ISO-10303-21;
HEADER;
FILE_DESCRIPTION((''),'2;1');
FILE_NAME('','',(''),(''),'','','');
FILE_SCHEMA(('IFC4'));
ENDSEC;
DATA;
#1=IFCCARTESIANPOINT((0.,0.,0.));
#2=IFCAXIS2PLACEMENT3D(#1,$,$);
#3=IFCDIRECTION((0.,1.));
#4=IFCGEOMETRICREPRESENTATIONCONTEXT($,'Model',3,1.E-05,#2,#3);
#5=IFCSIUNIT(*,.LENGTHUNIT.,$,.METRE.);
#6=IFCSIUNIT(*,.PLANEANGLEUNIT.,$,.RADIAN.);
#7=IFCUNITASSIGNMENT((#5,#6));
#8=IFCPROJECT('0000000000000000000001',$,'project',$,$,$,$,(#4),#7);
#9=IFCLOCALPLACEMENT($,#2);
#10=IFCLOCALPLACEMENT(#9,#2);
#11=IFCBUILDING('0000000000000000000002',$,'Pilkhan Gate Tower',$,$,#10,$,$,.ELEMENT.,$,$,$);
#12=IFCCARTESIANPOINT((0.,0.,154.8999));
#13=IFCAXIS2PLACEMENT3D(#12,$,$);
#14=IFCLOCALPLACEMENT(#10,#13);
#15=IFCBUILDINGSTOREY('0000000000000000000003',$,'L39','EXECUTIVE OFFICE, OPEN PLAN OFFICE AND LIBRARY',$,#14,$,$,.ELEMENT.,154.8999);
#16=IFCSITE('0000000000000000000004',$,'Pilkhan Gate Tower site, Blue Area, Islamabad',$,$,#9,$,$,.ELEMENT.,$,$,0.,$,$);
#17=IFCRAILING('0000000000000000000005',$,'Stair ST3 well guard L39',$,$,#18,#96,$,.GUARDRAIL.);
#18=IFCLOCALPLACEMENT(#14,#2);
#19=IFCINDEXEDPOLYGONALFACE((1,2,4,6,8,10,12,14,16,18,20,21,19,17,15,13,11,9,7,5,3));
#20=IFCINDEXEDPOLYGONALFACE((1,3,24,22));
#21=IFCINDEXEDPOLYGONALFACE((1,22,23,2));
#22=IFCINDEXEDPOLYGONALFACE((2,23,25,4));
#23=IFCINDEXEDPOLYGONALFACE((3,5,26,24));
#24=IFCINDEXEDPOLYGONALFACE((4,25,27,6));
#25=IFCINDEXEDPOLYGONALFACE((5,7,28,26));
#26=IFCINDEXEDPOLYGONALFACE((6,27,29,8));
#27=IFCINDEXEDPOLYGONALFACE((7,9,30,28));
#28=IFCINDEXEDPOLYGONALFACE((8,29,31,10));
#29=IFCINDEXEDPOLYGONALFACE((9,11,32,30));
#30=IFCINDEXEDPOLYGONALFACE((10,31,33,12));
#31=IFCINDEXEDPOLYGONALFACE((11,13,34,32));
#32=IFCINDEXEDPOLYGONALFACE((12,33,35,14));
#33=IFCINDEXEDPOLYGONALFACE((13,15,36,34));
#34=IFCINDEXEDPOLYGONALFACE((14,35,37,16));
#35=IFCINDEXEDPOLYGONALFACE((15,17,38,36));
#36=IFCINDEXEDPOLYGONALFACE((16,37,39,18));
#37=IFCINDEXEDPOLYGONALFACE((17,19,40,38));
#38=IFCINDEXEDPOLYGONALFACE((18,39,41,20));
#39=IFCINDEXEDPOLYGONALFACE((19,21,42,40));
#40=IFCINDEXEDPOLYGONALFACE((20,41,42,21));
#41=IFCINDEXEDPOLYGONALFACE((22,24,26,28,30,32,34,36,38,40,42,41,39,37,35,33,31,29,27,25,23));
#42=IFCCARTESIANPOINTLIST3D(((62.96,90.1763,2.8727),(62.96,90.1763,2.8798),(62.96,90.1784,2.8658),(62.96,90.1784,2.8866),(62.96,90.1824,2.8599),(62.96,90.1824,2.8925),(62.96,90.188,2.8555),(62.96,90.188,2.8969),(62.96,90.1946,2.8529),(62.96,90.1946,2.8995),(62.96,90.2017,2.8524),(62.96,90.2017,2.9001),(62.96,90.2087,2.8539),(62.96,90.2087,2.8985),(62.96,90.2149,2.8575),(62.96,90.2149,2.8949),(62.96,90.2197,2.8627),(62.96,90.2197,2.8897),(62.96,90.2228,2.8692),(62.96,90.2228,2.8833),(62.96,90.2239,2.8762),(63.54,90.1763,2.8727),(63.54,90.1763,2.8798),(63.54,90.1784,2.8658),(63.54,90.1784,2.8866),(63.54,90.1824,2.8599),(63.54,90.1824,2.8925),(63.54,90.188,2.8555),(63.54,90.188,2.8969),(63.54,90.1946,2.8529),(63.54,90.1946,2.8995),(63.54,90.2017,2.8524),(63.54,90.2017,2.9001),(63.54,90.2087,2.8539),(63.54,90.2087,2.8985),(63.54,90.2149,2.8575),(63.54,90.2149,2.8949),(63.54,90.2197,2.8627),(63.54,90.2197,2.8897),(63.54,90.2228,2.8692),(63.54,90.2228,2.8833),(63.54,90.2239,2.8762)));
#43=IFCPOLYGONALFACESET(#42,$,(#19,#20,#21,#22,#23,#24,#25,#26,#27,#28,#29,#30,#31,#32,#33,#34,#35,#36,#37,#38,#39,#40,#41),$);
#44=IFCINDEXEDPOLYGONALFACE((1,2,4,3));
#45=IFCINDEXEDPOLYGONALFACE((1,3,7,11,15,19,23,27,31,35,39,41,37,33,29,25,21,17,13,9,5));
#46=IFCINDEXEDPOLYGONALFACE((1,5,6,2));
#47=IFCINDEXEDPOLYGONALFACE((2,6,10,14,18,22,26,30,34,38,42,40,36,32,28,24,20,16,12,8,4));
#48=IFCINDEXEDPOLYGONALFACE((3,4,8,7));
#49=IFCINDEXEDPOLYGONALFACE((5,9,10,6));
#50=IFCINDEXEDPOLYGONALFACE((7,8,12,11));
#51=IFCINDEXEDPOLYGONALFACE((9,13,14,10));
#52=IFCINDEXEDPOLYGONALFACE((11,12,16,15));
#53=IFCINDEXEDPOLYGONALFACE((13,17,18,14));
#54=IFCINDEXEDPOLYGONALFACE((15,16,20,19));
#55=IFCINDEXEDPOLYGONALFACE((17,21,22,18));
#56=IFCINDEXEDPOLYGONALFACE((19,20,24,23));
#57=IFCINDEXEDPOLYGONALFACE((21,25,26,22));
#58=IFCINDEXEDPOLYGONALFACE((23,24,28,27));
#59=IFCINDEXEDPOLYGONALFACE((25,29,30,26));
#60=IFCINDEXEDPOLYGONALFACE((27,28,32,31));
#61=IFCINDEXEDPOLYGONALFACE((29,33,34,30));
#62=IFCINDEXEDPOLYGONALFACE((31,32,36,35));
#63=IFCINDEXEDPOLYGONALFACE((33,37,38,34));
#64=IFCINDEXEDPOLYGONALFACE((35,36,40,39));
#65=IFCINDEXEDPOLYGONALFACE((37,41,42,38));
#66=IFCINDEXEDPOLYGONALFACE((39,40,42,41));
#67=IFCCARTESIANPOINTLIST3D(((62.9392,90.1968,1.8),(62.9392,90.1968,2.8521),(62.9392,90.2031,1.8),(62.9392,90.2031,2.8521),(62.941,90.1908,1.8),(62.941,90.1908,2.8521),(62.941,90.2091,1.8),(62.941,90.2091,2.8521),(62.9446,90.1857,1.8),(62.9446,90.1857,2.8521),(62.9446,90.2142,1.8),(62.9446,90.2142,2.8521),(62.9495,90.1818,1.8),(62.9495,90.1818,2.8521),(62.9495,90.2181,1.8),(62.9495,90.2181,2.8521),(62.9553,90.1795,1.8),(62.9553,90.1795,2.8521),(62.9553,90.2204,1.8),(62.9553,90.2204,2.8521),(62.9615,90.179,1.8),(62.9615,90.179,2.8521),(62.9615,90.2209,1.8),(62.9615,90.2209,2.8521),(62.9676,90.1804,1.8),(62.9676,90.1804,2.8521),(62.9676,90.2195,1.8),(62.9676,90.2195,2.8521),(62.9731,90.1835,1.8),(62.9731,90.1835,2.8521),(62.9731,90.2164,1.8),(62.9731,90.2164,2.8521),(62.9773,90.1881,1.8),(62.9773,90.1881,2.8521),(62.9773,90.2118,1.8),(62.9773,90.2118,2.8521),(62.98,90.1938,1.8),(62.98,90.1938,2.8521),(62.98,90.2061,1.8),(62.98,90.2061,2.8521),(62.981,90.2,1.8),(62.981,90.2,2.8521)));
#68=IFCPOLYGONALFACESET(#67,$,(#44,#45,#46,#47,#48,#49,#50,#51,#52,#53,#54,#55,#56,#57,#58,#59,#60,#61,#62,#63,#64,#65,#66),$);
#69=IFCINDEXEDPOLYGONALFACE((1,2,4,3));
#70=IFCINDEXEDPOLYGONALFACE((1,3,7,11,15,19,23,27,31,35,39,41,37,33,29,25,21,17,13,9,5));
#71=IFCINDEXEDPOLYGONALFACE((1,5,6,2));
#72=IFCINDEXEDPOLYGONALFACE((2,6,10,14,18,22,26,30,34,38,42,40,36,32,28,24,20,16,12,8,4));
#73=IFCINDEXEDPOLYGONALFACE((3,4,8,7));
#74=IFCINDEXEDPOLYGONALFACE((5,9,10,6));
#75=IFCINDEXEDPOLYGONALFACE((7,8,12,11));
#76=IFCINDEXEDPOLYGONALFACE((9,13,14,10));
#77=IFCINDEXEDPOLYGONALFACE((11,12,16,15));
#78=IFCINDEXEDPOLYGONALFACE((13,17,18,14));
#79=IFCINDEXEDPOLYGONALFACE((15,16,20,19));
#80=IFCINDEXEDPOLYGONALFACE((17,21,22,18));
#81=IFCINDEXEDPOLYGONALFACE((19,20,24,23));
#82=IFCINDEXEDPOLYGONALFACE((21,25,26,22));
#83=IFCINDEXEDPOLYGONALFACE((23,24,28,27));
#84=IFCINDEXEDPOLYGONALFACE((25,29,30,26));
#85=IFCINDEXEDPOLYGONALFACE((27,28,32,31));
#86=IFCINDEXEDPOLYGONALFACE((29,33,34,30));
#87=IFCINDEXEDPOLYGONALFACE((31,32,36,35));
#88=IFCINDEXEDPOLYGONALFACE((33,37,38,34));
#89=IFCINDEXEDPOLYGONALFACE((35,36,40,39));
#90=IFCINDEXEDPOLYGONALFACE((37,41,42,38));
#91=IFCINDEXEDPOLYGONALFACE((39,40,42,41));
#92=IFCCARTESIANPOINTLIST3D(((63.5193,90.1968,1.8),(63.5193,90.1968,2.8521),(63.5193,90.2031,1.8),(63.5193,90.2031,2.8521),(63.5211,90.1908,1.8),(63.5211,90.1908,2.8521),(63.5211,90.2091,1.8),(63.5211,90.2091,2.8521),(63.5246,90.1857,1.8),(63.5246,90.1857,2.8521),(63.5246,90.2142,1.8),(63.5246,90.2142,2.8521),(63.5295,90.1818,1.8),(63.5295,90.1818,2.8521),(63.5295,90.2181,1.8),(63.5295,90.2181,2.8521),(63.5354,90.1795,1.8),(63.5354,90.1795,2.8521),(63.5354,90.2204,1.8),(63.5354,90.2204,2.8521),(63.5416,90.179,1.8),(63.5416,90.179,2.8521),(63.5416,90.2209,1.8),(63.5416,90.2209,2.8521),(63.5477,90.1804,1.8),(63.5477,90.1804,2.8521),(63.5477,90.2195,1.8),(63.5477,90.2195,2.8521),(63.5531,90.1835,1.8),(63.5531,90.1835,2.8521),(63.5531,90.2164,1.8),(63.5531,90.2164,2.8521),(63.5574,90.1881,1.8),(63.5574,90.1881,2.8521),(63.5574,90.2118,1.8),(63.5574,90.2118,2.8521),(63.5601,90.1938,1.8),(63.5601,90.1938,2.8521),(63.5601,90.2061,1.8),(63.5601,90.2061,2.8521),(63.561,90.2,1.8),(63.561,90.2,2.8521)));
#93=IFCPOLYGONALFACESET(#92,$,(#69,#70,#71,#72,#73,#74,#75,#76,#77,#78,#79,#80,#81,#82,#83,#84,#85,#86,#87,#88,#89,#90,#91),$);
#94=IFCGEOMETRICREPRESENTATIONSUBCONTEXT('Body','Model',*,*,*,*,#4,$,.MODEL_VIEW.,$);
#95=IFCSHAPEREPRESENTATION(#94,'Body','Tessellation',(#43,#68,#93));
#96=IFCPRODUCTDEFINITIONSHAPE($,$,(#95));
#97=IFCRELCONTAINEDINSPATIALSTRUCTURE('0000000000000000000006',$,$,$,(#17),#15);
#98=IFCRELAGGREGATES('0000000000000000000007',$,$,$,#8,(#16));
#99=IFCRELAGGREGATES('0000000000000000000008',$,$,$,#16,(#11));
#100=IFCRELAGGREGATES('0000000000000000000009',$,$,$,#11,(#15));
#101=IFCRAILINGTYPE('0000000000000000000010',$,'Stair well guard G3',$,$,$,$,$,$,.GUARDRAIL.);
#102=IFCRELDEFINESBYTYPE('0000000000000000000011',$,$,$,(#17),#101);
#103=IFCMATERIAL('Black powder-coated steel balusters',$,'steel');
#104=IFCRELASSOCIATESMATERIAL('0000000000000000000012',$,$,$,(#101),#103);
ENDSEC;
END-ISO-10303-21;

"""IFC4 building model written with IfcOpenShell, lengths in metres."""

from ifc_helpers import new_model, si_unit, direction, frame, origin, origin_2d, place, context, subcontext, project, spatial, circle, extrude, material, type_object, element, save


model = new_model("IFC4")

# Units and contexts
model_context = context("Model", 3, precision=1e-05, world=origin(), true_north=direction((0.0, 1.0)))
body_context = subcontext(model_context, "Body", "Model", "MODEL_VIEW")
ifc_project = project(units=[si_unit("LENGTHUNIT", "METRE"), si_unit("PLANEANGLEUNIT", "RADIAN")], contexts=[model_context])

# Site, building, storey
site_placement = place(None, origin())
site = spatial("IfcSite", under=ifc_project, at=site_placement, Name="Pilkhan Gate Tower site, Blue Area, Islamabad", CompositionType="ELEMENT", RefElevation=0.0)
building_placement = place(site_placement, origin())
building = spatial("IfcBuilding", under=site, at=building_placement, Name="Pilkhan Gate Tower", CompositionType="ELEMENT")
storey_placement = place(building_placement, frame((0.0, 0.0, 154.8999)))
storey = spatial("IfcBuildingStorey", under=building, at=storey_placement, Name="L39", Description="EXECUTIVE OFFICE, OPEN PLAN OFFICE AND LIBRARY", CompositionType="ELEMENT", Elevation=154.8999)

# Railing
ifc_material_1 = material(Name="Black powder-coated steel balusters", Category="steel")
railing_type_1 = type_object("IfcRailingType", Name="Stair well guard G3", PredefinedType="GUARDRAIL", material=ifc_material_1)
for number, where, name in (
    (1, (62.96, 90.2, 1.8), "Stair ST3 well guard L39"),
):
    element("IfcRailing", number, at=place(storey_placement, frame(where)), inside=storey, type_object=railing_type_1, Name=name, PredefinedType="GUARDRAIL", context=body_context, shape_type="SweptSolid", body=[
        extrude(circle(Radius=0.0239, at=origin_2d()), frame((0.0, 0.0, 1.0762), z_axis=(1.0, 0.0, 0.0), x_axis=(0.0, 1.0, 0.0)), (0.0, 0.0, 1.0), 0.5801),
        extrude(circle(Radius=0.021, at=origin_2d()), origin(), (0.0, 0.0, 1.0), 1.052),
        extrude(circle(Radius=0.021, at=origin_2d()), frame((0.5801, 0.0, 0.0)), (0.0, 0.0, 1.0), 1.052),
    ])

save(model, "model.ifc")
